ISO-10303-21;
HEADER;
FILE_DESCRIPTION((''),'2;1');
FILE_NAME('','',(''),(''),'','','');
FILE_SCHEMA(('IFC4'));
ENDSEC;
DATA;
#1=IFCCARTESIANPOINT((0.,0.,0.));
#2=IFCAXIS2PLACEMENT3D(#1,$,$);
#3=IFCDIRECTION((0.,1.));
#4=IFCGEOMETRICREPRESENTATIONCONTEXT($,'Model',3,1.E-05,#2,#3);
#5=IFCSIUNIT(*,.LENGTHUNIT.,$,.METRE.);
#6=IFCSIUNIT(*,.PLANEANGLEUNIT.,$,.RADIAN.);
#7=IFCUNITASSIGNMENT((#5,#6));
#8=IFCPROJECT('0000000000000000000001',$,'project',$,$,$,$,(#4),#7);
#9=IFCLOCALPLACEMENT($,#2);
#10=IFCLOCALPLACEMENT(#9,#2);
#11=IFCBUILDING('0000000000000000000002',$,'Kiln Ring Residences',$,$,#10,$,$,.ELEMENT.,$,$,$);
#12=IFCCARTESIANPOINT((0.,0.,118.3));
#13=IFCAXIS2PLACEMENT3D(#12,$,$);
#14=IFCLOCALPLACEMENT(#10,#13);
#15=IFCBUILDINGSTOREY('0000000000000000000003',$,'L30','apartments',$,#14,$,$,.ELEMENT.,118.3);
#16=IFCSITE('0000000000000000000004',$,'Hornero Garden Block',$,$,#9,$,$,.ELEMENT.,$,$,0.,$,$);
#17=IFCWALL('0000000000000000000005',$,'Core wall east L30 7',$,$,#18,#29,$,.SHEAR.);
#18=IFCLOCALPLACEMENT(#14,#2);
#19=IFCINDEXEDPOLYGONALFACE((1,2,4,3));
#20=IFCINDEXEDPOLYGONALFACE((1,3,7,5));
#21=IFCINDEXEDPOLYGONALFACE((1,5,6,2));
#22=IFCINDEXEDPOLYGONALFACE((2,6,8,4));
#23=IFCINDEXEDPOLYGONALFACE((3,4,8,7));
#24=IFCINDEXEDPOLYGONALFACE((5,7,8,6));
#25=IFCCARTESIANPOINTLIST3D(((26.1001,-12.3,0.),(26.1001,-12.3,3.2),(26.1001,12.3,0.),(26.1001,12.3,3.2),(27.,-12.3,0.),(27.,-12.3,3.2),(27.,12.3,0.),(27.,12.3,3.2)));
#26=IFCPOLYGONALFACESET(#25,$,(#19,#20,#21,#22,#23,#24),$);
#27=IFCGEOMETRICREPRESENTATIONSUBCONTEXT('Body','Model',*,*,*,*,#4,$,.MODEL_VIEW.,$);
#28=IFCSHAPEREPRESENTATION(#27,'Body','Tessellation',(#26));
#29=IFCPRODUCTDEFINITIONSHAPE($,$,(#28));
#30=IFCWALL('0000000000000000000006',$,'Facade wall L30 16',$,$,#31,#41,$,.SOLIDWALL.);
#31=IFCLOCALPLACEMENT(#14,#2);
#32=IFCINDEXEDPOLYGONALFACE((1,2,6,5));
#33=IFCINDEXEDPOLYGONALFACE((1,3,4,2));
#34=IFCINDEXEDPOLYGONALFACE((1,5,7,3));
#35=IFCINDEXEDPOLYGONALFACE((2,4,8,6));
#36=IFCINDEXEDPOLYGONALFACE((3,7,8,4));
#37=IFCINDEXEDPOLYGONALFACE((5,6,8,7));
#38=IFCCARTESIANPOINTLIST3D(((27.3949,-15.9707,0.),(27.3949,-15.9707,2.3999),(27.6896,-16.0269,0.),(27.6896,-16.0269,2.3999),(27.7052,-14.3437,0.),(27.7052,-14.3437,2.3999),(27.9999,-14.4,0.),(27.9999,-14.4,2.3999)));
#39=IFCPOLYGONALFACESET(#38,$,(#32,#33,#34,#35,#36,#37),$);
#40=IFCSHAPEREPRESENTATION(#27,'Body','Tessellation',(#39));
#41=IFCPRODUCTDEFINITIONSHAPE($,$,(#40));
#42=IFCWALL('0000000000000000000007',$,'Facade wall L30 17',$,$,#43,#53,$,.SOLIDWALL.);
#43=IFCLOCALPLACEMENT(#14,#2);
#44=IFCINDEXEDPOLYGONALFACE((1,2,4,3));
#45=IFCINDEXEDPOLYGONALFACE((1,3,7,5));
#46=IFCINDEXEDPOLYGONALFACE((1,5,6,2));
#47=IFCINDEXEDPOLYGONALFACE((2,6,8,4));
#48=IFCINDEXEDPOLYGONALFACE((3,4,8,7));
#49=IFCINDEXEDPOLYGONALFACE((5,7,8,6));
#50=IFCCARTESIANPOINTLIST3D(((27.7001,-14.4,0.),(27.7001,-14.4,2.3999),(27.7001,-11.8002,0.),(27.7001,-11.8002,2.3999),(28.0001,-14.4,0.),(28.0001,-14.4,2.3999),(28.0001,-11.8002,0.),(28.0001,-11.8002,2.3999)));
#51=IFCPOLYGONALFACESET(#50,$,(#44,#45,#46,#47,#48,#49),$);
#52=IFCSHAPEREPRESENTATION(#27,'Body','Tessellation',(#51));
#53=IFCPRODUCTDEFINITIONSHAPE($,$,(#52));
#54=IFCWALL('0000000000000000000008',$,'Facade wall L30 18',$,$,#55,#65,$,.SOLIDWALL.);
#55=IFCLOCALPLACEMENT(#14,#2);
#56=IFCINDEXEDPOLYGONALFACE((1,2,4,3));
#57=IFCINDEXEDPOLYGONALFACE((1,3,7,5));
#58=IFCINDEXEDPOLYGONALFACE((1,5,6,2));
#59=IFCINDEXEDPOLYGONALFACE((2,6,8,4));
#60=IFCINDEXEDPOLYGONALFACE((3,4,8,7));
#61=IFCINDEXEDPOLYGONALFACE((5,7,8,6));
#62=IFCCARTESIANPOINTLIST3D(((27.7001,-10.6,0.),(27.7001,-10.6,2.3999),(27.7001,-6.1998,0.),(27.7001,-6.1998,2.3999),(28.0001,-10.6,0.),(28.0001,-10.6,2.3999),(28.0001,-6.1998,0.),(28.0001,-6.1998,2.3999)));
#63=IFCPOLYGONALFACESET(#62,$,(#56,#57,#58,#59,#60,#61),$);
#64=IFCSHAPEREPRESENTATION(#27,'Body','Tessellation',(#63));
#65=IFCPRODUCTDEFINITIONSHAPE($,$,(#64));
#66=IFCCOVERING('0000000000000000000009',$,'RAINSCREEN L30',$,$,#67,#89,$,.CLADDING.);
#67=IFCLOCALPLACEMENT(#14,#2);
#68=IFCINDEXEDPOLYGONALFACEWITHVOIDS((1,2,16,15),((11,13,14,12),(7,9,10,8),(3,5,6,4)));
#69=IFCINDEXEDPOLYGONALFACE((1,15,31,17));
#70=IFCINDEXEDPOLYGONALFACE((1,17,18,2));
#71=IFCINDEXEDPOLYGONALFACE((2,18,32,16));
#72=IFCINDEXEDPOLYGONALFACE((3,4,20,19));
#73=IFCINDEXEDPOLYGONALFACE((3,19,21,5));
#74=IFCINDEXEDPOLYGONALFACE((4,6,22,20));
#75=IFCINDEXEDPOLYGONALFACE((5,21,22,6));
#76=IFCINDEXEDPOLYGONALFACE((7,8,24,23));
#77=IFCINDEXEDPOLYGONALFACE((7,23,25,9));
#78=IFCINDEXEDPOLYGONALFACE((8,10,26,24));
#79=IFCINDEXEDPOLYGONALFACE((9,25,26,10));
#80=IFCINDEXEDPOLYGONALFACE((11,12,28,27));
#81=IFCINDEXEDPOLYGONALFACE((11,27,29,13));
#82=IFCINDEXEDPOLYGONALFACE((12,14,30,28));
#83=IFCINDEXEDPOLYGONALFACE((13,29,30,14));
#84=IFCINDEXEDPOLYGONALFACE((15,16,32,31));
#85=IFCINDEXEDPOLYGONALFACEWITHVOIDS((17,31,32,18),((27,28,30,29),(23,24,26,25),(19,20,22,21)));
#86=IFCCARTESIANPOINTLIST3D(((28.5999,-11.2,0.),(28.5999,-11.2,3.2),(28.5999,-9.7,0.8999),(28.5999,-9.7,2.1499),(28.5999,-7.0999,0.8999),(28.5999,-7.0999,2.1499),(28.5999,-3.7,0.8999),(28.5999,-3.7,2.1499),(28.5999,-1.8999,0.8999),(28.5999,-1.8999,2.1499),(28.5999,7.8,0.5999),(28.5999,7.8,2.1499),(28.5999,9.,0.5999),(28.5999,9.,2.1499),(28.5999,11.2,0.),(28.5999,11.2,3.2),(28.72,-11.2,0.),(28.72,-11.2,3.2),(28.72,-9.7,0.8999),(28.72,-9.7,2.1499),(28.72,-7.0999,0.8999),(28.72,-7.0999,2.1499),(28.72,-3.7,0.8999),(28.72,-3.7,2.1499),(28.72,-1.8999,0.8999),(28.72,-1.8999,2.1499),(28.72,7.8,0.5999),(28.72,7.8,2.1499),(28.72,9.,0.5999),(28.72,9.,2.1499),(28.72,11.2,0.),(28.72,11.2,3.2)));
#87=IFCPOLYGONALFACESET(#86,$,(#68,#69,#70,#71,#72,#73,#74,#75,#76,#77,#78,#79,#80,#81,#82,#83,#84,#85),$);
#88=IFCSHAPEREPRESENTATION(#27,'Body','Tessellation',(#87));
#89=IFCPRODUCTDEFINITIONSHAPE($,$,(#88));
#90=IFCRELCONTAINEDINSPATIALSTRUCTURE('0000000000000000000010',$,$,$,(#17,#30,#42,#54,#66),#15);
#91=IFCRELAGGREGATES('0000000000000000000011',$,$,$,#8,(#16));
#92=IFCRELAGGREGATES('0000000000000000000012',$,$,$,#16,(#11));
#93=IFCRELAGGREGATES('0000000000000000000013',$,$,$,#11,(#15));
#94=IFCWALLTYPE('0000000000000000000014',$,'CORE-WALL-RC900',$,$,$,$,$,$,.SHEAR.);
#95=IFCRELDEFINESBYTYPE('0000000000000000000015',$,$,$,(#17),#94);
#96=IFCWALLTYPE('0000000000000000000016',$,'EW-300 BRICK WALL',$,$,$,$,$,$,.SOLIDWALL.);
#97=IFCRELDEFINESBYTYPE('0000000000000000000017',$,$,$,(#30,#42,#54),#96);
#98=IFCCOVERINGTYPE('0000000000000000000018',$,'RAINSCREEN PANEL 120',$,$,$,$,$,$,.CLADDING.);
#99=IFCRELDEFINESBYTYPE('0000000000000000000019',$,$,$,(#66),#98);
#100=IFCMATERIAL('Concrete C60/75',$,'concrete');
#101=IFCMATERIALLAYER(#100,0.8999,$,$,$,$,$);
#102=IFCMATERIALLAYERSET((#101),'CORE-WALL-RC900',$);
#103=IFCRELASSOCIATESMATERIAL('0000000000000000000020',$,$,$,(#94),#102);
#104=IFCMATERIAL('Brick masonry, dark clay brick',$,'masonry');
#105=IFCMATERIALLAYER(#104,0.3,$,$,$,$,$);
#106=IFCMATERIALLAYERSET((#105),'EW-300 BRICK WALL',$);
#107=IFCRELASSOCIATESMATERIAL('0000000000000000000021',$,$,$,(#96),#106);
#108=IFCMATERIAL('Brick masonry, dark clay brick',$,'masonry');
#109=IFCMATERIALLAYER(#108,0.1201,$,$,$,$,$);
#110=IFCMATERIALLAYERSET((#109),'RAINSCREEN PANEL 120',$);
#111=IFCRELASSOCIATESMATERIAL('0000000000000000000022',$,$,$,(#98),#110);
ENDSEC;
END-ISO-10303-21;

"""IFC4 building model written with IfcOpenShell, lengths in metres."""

from ifc_helpers import new_model, si_unit, direction, frame, frame_2d, origin, place, context, subcontext, project, spatial, polyline, rectangle, outline, extrude, material, layer, layer_set, type_object, element, save


model = new_model("IFC4")

# Units and contexts
model_context = context("Model", 3, precision=1e-05, world=origin(), true_north=direction((0.0, 1.0)))
body_context = subcontext(model_context, "Body", "Model", "MODEL_VIEW")
ifc_project = project(units=[si_unit("LENGTHUNIT", "METRE"), si_unit("PLANEANGLEUNIT", "RADIAN")], contexts=[model_context])

# Site, building, storey
site_placement = place(None, origin())
site = spatial("IfcSite", under=ifc_project, at=site_placement, Name="Hornero Garden Block", CompositionType="ELEMENT", RefElevation=0.0)
building_placement = place(site_placement, origin())
building = spatial("IfcBuilding", under=site, at=building_placement, Name="Kiln Ring Residences", CompositionType="ELEMENT")
storey_placement = place(building_placement, frame((0.0, 0.0, 118.3)))
storey = spatial("IfcBuildingStorey", under=building, at=storey_placement, Name="L30", Description="apartments", CompositionType="ELEMENT", Elevation=118.3)

# Walls
ifc_material_1 = material(Name="Concrete C60/75", Category="concrete")
ifc_layer_1 = layer(ifc_material_1, 0.8999)
ifc_layer_set_1 = layer_set([ifc_layer_1], Name="CORE-WALL-RC900")
wall_type_1 = type_object("IfcWallType", Name="CORE-WALL-RC900", PredefinedType="SHEAR", material=ifc_layer_set_1)
wall_1_placement = place(storey_placement, frame((26.55, -12.3, 0.0), z_axis=(0.0, 0.0, 1.0), x_axis=(0.0, 1.0, 0.0)))
element("IfcWall", 1, at=wall_1_placement, inside=storey, type_object=wall_type_1, Name="Core wall east L30 7", PredefinedType="SHEAR", context=body_context, shape_type="SweptSolid", body=[
    extrude(rectangle(XDim=24.6001, YDim=0.8999, at=frame_2d((12.3, 0.0))), origin(), (0.0, 0.0, 1.0), 3.2),
])
ifc_material_2 = material(Name="Brick masonry, dark clay brick", Category="masonry")
ifc_layer_2 = layer(ifc_material_2, 0.3)
ifc_layer_set_2 = layer_set([ifc_layer_2], Name="EW-300 BRICK WALL")
wall_type_2 = type_object("IfcWallType", Name="EW-300 BRICK WALL", PredefinedType="SOLIDWALL", material=ifc_layer_set_2)
wall_2_placement = place(storey_placement, frame((27.5422, -15.9988, 0.0), z_axis=(0.0, 0.0, 1.0), x_axis=(0.187349, 0.982293, 0.0)))
element("IfcWall", 2, at=wall_2_placement, inside=storey, type_object=wall_type_2, Name="Facade wall L30 16", PredefinedType="SOLIDWALL", context=body_context, shape_type="SweptSolid", body=[
    extrude(rectangle(XDim=1.6562, YDim=0.3, at=frame_2d((0.8281, 0.0))), origin(), (0.0, 0.0, 1.0), 2.3999),
])
wall_3_placement = place(storey_placement, frame((27.8501, -14.3999, 0.0), z_axis=(0.0, 0.0, 1.0), x_axis=(0.0, 1.0, 0.0)))
element("IfcWall", 3, at=wall_3_placement, inside=storey, type_object=wall_type_2, Name="Facade wall L30 17", PredefinedType="SOLIDWALL", context=body_context, shape_type="SweptSolid", body=[
    extrude(rectangle(XDim=2.5999, YDim=0.3, at=frame_2d((1.2998, 0.0))), origin(), (0.0, 0.0, 1.0), 2.3999),
])
wall_4_placement = place(storey_placement, frame((27.8501, -10.6001, 0.0), z_axis=(0.0, 0.0, 1.0), x_axis=(0.0, 1.0, 0.0)))
element("IfcWall", 4, at=wall_4_placement, inside=storey, type_object=wall_type_2, Name="Facade wall L30 18", PredefinedType="SOLIDWALL", context=body_context, shape_type="SweptSolid", body=[
    extrude(rectangle(XDim=4.4001, YDim=0.3, at=frame_2d((2.2002, 0.0))), origin(), (0.0, 0.0, 1.0), 2.3999),
])

# Covering
ifc_material_3 = material(Name="Brick masonry, dark clay brick", Category="masonry")
ifc_layer_3 = layer(ifc_material_3, 0.1201)
ifc_layer_set_3 = layer_set([ifc_layer_3], Name="RAINSCREEN PANEL 120")
covering_type = type_object("IfcCoveringType", Name="RAINSCREEN PANEL 120", PredefinedType="CLADDING", material=ifc_layer_set_3)
covering_placement = place(storey_placement, frame((28.6599, -11.2, 0.0), z_axis=(0.0, 0.0, 1.0), x_axis=(0.0, 1.0, 0.0)))
element("IfcCovering", 5, at=covering_placement, inside=storey, type_object=covering_type, Name="RAINSCREEN L30", PredefinedType="CLADDING", context=body_context, shape_type="SweptSolid", body=[
    extrude(outline(polyline([(0.0, 0.0), (22.3999, 0.0), (22.3999, 3.2), (0.0, 3.2), (0.0, 0.0)]), holes=[polyline([(20.2, 2.1499), (19.0, 2.1499), (19.0, 0.5999), (20.2, 0.5999), (20.2, 2.1499)]), polyline([(4.1001, 0.8999), (4.1001, 2.1499), (1.5, 2.1499), (1.5, 0.8999), (4.1001, 0.8999)]), polyline([(9.3, 0.8999), (9.3, 2.1499), (7.5, 2.1499), (7.5, 0.8999), (9.3, 0.8999)])]), frame((0.0, 0.0601, 0.0), z_axis=(0.0, -1.0, 0.0), x_axis=(1.0, 0.0, 0.0)), (0.0, 0.0, 1.0), 0.1201),
])

save(model, "model.ifc")
